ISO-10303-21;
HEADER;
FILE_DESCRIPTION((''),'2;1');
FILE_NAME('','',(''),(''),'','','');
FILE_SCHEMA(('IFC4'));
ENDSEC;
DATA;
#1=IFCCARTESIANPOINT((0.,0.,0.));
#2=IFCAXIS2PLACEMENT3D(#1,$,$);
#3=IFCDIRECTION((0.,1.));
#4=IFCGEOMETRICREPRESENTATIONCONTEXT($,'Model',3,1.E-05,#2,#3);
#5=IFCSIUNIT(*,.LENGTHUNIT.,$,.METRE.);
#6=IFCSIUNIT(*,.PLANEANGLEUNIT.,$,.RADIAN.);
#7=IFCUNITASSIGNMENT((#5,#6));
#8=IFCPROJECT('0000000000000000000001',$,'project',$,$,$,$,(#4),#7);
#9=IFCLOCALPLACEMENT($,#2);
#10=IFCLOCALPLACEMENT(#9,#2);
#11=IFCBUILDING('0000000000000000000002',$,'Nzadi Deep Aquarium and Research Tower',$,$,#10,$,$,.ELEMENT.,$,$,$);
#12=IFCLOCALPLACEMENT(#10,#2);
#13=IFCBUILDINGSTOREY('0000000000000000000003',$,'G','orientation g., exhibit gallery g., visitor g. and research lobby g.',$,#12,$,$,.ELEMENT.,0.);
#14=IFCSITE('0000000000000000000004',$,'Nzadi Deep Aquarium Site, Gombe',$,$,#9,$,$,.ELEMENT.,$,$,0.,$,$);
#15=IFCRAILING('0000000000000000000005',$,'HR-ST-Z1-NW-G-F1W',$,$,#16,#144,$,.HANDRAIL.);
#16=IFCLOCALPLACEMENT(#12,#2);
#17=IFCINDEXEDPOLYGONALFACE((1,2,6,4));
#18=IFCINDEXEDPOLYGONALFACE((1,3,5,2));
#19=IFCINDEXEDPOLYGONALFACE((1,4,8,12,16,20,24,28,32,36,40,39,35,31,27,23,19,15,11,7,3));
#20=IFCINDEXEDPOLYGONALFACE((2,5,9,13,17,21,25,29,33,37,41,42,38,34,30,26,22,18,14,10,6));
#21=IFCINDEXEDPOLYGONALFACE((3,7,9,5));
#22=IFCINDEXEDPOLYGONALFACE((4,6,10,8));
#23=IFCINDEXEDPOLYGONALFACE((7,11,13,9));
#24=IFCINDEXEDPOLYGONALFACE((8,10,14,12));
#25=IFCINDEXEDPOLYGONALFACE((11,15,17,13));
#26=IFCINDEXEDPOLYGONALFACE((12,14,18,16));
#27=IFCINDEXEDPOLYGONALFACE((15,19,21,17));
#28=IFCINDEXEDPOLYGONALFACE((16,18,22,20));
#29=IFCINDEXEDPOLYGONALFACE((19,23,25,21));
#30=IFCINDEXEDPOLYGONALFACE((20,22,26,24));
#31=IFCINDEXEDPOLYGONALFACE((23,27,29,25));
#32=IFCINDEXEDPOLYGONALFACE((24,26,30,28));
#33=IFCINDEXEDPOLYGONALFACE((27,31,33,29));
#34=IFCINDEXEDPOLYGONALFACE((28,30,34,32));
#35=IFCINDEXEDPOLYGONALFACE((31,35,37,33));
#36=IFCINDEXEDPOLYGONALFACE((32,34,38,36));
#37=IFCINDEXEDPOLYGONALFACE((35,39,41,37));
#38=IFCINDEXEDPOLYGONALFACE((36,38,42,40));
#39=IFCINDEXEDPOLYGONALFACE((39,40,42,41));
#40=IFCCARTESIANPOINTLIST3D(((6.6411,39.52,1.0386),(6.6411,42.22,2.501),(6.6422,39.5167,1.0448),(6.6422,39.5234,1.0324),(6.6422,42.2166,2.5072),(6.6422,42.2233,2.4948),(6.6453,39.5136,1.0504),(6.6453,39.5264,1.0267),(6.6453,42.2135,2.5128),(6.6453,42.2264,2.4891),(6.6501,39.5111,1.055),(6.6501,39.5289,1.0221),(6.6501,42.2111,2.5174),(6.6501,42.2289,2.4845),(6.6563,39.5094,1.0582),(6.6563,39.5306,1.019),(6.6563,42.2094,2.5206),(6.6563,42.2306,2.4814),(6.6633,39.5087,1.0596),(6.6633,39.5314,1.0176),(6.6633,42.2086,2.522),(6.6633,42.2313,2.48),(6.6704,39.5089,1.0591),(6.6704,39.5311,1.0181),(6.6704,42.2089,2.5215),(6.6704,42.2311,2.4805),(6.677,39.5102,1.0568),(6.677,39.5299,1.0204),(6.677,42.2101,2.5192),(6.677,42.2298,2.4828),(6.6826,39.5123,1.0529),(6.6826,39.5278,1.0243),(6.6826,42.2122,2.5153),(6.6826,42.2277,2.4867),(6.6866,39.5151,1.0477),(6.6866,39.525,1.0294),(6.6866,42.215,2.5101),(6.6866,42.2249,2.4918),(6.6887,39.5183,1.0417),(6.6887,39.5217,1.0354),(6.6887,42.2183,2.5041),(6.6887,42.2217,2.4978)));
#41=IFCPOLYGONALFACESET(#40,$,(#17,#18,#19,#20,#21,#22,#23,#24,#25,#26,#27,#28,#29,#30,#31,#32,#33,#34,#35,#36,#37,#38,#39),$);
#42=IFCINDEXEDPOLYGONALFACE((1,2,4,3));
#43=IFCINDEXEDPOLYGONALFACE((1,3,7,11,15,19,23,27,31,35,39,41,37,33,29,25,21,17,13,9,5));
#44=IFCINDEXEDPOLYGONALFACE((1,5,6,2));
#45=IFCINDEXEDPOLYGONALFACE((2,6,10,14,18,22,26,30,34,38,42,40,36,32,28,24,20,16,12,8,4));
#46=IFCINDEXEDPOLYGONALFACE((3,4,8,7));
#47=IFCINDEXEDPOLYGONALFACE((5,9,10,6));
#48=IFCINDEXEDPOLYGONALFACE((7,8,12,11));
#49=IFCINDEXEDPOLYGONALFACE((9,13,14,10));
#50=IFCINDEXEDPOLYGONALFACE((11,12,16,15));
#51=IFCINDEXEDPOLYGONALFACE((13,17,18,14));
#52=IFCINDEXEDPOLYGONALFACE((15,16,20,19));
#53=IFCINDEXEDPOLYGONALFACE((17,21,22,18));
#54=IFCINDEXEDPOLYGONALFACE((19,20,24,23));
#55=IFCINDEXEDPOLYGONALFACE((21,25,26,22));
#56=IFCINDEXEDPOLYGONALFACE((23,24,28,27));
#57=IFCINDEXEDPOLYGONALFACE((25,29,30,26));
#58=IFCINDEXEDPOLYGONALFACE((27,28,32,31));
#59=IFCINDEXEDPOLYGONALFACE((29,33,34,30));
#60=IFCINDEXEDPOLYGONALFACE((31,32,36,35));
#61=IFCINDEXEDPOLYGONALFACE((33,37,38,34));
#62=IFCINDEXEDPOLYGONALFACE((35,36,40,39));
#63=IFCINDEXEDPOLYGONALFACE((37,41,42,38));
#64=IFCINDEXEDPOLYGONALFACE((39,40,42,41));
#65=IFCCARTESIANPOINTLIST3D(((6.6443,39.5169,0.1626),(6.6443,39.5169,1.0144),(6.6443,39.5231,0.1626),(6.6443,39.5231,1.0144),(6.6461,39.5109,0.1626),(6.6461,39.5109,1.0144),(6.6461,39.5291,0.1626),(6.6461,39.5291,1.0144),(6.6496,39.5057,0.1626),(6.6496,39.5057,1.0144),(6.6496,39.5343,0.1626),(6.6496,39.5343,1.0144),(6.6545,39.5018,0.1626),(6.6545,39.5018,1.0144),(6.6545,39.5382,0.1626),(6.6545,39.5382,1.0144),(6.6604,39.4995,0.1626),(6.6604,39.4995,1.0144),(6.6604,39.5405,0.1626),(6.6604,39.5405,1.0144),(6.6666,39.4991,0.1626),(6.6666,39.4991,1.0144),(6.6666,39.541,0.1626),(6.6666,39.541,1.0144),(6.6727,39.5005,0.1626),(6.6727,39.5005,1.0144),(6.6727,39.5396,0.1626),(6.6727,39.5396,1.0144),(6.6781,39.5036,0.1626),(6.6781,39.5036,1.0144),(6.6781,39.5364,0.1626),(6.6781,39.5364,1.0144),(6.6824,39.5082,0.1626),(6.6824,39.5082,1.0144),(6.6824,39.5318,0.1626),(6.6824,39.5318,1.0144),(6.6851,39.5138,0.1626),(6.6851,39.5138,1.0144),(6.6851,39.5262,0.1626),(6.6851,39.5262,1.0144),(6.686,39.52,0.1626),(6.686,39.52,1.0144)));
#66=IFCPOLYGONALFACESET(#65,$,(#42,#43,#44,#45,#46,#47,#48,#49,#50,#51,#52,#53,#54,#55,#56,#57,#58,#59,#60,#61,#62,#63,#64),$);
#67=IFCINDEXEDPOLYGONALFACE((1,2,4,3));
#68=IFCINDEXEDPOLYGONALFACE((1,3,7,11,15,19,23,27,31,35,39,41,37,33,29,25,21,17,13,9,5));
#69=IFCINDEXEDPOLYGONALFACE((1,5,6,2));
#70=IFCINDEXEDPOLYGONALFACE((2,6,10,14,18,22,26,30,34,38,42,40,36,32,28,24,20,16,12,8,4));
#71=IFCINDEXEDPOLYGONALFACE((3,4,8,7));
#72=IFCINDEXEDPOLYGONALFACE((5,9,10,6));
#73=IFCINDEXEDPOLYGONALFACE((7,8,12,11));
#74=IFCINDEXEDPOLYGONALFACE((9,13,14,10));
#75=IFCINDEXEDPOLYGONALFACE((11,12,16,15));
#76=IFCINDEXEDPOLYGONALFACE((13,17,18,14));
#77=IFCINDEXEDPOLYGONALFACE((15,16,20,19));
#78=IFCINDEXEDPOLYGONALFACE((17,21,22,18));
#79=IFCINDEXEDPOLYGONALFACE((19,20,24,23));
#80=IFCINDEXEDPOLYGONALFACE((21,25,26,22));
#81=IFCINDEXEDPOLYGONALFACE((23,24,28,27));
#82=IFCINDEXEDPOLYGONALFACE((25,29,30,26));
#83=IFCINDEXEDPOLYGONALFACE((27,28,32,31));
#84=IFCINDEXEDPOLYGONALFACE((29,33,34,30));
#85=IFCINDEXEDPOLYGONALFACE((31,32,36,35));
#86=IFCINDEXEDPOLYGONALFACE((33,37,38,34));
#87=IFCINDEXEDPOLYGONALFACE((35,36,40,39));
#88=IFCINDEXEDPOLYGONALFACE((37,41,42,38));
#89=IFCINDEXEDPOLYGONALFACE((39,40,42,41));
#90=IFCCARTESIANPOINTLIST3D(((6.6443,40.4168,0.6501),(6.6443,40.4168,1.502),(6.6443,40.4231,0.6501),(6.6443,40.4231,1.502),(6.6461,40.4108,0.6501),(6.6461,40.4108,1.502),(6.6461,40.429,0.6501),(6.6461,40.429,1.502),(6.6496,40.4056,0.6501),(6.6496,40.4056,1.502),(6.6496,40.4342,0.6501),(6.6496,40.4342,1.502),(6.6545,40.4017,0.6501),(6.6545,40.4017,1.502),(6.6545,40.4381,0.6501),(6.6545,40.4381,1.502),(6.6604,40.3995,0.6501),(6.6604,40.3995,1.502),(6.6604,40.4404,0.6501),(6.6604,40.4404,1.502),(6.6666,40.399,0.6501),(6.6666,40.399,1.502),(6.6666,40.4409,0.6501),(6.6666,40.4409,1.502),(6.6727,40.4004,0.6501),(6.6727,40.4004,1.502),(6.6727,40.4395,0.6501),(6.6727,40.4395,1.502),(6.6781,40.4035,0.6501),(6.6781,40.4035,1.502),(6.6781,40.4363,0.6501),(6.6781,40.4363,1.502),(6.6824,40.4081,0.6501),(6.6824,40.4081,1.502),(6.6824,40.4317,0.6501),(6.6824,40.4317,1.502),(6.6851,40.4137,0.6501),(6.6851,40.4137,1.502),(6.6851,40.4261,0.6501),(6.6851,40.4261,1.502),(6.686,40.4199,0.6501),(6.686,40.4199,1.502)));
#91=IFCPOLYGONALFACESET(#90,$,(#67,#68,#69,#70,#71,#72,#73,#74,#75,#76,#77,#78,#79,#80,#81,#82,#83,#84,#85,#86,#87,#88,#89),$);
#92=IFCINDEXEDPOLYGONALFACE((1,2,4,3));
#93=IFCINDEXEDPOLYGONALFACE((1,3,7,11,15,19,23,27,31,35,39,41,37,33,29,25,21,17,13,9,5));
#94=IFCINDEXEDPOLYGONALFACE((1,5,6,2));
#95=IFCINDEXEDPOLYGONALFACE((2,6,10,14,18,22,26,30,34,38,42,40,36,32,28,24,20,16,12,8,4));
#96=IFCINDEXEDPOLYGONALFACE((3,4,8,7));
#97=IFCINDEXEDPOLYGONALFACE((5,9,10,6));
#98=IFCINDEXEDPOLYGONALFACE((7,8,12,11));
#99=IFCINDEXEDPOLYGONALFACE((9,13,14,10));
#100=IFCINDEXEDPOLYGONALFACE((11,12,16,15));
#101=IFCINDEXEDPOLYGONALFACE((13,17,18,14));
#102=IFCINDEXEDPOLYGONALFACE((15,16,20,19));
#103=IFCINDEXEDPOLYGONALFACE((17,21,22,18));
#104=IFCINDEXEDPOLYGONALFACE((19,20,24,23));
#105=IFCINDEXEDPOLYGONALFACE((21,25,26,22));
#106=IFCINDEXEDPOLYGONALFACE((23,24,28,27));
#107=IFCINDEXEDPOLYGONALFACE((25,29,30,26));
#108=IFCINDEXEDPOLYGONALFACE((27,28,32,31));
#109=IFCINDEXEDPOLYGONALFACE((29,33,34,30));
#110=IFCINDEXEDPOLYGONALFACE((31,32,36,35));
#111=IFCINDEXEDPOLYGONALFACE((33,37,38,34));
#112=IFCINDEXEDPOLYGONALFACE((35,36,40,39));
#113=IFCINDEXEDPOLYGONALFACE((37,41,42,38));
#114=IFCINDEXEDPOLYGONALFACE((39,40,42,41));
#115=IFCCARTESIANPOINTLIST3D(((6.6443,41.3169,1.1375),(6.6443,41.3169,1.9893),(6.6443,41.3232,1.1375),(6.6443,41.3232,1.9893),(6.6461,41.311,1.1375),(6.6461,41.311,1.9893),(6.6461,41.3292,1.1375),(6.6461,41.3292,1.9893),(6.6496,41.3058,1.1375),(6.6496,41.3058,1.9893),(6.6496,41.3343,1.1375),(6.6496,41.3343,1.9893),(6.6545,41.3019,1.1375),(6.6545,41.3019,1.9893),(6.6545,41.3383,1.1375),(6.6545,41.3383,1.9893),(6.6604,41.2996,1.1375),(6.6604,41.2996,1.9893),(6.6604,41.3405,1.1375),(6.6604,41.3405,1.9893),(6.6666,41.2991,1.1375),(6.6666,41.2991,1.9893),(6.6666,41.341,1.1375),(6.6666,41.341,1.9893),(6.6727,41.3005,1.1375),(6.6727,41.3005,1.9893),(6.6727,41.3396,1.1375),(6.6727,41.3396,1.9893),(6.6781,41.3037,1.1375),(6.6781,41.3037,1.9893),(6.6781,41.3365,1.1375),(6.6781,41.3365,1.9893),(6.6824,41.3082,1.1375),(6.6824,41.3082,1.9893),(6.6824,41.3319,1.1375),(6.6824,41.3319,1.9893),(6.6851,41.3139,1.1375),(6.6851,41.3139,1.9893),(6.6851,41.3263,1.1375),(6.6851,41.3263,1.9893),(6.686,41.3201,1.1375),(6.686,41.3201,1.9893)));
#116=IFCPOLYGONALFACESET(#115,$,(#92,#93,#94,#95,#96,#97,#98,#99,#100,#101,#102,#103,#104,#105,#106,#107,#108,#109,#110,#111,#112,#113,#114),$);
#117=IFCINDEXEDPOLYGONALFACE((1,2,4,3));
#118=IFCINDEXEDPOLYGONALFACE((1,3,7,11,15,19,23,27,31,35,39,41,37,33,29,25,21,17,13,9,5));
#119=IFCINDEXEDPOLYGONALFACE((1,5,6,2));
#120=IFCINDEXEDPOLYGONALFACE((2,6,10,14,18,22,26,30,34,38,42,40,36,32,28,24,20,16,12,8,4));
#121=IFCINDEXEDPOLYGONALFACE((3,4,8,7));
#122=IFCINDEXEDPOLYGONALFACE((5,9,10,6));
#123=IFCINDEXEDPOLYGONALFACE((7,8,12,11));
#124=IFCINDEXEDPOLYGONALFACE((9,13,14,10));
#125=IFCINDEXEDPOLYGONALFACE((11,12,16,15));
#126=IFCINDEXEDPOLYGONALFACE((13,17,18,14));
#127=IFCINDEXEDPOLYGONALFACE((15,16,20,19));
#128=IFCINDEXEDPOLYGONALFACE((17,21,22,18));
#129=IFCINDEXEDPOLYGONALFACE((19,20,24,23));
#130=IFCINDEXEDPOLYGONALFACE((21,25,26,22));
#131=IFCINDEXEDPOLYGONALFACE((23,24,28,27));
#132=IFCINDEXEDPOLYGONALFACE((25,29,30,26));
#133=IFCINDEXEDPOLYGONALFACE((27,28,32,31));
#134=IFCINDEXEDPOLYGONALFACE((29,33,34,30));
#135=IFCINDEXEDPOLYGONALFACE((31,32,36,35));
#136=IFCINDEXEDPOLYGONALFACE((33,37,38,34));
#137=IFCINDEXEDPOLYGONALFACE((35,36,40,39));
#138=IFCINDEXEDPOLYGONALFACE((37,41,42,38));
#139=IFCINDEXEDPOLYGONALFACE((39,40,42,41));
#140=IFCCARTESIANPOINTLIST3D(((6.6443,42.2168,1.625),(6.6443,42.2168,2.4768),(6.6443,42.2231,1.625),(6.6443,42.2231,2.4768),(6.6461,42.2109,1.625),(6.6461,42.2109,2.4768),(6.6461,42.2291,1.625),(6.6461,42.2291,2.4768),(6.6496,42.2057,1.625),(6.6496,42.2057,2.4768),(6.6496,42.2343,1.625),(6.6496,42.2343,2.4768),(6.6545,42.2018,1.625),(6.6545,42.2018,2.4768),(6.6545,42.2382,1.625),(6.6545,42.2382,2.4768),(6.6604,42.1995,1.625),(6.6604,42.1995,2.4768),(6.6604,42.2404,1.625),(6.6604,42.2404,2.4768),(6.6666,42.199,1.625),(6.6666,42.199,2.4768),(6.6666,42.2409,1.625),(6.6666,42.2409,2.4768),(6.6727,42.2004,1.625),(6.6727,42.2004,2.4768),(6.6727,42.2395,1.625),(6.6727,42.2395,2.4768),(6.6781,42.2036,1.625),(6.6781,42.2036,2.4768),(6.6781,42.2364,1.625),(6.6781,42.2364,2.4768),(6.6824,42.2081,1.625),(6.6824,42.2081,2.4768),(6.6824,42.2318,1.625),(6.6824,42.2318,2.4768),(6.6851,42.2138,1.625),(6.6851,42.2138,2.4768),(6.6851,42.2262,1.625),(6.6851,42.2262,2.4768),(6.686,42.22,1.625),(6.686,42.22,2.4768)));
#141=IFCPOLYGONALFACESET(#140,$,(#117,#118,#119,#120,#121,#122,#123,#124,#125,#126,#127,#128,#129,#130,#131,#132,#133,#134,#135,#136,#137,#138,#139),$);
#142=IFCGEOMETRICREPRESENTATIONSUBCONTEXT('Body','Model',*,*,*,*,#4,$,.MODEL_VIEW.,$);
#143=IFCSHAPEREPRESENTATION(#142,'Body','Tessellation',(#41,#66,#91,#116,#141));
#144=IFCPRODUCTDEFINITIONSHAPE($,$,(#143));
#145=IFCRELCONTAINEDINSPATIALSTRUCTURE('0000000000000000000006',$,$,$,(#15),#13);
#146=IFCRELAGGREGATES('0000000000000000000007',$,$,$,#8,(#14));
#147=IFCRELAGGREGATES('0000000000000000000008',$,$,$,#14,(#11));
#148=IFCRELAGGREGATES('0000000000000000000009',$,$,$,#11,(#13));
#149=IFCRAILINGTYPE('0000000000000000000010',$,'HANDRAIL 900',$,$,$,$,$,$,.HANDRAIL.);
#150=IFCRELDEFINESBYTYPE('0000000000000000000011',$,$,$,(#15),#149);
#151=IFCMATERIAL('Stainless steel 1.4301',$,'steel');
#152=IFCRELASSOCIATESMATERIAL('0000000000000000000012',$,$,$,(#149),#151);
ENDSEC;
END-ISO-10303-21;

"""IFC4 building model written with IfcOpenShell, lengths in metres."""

from ifc_helpers import new_model, si_unit, direction, frame, origin, origin_2d, place, context, subcontext, project, spatial, circle, extrude, material, type_object, element, save


model = new_model("IFC4")

# Units and contexts
model_context = context("Model", 3, precision=1e-05, world=origin(), true_north=direction((0.0, 1.0)))
body_context = subcontext(model_context, "Body", "Model", "MODEL_VIEW")
ifc_project = project(units=[si_unit("LENGTHUNIT", "METRE"), si_unit("PLANEANGLEUNIT", "RADIAN")], contexts=[model_context])

# Site, building, storey
site_placement = place(None, origin())
site = spatial("IfcSite", under=ifc_project, at=site_placement, Name="Nzadi Deep Aquarium Site, Gombe", CompositionType="ELEMENT", RefElevation=0.0)
building_placement = place(site_placement, origin())
building = spatial("IfcBuilding", under=site, at=building_placement, Name="Nzadi Deep Aquarium and Research Tower", CompositionType="ELEMENT")
storey_placement = place(building_placement, origin())
storey = spatial("IfcBuildingStorey", under=building, at=storey_placement, Name="G", Description="orientation g., exhibit gallery g., visitor g. and research lobby g.", CompositionType="ELEMENT", Elevation=0.0)

# Railing
ifc_material_1 = material(Name="Stainless steel 1.4301", Category="steel")
railing_type = type_object("IfcRailingType", Name="HANDRAIL 900", PredefinedType="HANDRAIL", material=ifc_material_1)
for number, where, name in (
    (1, (6.665, 39.52, 0.1626), "HR-ST-Z1-NW-G-F1W"),
):
    element("IfcRailing", number, at=place(storey_placement, frame(where)), inside=storey, type_object=railing_type, Name=name, PredefinedType="HANDRAIL", context=body_context, shape_type="SweptSolid", body=[
        extrude(circle(Radius=0.0239, at=origin_2d()), frame((0.0, 0.0, 0.876), z_axis=(0.0, 0.879302, 0.476265), x_axis=(-1.0, 0.0, 0.0)), (0.0, 0.0, 1.0), 3.0706),
        extrude(circle(Radius=0.021, at=origin_2d()), origin(), (0.0, 0.0, 1.0), 0.8518),
        extrude(circle(Radius=0.021, at=origin_2d()), frame((0.0, 0.8999, 0.4875)), (0.0, 0.0, 1.0), 0.8518),
        extrude(circle(Radius=0.021, at=origin_2d()), frame((0.0, 1.8, 0.9749)), (0.0, 0.0, 1.0), 0.8518),
        extrude(circle(Radius=0.021, at=origin_2d()), frame((0.0, 2.7, 1.4624)), (0.0, 0.0, 1.0), 0.8518),
    ])

save(model, "model.ifc")
